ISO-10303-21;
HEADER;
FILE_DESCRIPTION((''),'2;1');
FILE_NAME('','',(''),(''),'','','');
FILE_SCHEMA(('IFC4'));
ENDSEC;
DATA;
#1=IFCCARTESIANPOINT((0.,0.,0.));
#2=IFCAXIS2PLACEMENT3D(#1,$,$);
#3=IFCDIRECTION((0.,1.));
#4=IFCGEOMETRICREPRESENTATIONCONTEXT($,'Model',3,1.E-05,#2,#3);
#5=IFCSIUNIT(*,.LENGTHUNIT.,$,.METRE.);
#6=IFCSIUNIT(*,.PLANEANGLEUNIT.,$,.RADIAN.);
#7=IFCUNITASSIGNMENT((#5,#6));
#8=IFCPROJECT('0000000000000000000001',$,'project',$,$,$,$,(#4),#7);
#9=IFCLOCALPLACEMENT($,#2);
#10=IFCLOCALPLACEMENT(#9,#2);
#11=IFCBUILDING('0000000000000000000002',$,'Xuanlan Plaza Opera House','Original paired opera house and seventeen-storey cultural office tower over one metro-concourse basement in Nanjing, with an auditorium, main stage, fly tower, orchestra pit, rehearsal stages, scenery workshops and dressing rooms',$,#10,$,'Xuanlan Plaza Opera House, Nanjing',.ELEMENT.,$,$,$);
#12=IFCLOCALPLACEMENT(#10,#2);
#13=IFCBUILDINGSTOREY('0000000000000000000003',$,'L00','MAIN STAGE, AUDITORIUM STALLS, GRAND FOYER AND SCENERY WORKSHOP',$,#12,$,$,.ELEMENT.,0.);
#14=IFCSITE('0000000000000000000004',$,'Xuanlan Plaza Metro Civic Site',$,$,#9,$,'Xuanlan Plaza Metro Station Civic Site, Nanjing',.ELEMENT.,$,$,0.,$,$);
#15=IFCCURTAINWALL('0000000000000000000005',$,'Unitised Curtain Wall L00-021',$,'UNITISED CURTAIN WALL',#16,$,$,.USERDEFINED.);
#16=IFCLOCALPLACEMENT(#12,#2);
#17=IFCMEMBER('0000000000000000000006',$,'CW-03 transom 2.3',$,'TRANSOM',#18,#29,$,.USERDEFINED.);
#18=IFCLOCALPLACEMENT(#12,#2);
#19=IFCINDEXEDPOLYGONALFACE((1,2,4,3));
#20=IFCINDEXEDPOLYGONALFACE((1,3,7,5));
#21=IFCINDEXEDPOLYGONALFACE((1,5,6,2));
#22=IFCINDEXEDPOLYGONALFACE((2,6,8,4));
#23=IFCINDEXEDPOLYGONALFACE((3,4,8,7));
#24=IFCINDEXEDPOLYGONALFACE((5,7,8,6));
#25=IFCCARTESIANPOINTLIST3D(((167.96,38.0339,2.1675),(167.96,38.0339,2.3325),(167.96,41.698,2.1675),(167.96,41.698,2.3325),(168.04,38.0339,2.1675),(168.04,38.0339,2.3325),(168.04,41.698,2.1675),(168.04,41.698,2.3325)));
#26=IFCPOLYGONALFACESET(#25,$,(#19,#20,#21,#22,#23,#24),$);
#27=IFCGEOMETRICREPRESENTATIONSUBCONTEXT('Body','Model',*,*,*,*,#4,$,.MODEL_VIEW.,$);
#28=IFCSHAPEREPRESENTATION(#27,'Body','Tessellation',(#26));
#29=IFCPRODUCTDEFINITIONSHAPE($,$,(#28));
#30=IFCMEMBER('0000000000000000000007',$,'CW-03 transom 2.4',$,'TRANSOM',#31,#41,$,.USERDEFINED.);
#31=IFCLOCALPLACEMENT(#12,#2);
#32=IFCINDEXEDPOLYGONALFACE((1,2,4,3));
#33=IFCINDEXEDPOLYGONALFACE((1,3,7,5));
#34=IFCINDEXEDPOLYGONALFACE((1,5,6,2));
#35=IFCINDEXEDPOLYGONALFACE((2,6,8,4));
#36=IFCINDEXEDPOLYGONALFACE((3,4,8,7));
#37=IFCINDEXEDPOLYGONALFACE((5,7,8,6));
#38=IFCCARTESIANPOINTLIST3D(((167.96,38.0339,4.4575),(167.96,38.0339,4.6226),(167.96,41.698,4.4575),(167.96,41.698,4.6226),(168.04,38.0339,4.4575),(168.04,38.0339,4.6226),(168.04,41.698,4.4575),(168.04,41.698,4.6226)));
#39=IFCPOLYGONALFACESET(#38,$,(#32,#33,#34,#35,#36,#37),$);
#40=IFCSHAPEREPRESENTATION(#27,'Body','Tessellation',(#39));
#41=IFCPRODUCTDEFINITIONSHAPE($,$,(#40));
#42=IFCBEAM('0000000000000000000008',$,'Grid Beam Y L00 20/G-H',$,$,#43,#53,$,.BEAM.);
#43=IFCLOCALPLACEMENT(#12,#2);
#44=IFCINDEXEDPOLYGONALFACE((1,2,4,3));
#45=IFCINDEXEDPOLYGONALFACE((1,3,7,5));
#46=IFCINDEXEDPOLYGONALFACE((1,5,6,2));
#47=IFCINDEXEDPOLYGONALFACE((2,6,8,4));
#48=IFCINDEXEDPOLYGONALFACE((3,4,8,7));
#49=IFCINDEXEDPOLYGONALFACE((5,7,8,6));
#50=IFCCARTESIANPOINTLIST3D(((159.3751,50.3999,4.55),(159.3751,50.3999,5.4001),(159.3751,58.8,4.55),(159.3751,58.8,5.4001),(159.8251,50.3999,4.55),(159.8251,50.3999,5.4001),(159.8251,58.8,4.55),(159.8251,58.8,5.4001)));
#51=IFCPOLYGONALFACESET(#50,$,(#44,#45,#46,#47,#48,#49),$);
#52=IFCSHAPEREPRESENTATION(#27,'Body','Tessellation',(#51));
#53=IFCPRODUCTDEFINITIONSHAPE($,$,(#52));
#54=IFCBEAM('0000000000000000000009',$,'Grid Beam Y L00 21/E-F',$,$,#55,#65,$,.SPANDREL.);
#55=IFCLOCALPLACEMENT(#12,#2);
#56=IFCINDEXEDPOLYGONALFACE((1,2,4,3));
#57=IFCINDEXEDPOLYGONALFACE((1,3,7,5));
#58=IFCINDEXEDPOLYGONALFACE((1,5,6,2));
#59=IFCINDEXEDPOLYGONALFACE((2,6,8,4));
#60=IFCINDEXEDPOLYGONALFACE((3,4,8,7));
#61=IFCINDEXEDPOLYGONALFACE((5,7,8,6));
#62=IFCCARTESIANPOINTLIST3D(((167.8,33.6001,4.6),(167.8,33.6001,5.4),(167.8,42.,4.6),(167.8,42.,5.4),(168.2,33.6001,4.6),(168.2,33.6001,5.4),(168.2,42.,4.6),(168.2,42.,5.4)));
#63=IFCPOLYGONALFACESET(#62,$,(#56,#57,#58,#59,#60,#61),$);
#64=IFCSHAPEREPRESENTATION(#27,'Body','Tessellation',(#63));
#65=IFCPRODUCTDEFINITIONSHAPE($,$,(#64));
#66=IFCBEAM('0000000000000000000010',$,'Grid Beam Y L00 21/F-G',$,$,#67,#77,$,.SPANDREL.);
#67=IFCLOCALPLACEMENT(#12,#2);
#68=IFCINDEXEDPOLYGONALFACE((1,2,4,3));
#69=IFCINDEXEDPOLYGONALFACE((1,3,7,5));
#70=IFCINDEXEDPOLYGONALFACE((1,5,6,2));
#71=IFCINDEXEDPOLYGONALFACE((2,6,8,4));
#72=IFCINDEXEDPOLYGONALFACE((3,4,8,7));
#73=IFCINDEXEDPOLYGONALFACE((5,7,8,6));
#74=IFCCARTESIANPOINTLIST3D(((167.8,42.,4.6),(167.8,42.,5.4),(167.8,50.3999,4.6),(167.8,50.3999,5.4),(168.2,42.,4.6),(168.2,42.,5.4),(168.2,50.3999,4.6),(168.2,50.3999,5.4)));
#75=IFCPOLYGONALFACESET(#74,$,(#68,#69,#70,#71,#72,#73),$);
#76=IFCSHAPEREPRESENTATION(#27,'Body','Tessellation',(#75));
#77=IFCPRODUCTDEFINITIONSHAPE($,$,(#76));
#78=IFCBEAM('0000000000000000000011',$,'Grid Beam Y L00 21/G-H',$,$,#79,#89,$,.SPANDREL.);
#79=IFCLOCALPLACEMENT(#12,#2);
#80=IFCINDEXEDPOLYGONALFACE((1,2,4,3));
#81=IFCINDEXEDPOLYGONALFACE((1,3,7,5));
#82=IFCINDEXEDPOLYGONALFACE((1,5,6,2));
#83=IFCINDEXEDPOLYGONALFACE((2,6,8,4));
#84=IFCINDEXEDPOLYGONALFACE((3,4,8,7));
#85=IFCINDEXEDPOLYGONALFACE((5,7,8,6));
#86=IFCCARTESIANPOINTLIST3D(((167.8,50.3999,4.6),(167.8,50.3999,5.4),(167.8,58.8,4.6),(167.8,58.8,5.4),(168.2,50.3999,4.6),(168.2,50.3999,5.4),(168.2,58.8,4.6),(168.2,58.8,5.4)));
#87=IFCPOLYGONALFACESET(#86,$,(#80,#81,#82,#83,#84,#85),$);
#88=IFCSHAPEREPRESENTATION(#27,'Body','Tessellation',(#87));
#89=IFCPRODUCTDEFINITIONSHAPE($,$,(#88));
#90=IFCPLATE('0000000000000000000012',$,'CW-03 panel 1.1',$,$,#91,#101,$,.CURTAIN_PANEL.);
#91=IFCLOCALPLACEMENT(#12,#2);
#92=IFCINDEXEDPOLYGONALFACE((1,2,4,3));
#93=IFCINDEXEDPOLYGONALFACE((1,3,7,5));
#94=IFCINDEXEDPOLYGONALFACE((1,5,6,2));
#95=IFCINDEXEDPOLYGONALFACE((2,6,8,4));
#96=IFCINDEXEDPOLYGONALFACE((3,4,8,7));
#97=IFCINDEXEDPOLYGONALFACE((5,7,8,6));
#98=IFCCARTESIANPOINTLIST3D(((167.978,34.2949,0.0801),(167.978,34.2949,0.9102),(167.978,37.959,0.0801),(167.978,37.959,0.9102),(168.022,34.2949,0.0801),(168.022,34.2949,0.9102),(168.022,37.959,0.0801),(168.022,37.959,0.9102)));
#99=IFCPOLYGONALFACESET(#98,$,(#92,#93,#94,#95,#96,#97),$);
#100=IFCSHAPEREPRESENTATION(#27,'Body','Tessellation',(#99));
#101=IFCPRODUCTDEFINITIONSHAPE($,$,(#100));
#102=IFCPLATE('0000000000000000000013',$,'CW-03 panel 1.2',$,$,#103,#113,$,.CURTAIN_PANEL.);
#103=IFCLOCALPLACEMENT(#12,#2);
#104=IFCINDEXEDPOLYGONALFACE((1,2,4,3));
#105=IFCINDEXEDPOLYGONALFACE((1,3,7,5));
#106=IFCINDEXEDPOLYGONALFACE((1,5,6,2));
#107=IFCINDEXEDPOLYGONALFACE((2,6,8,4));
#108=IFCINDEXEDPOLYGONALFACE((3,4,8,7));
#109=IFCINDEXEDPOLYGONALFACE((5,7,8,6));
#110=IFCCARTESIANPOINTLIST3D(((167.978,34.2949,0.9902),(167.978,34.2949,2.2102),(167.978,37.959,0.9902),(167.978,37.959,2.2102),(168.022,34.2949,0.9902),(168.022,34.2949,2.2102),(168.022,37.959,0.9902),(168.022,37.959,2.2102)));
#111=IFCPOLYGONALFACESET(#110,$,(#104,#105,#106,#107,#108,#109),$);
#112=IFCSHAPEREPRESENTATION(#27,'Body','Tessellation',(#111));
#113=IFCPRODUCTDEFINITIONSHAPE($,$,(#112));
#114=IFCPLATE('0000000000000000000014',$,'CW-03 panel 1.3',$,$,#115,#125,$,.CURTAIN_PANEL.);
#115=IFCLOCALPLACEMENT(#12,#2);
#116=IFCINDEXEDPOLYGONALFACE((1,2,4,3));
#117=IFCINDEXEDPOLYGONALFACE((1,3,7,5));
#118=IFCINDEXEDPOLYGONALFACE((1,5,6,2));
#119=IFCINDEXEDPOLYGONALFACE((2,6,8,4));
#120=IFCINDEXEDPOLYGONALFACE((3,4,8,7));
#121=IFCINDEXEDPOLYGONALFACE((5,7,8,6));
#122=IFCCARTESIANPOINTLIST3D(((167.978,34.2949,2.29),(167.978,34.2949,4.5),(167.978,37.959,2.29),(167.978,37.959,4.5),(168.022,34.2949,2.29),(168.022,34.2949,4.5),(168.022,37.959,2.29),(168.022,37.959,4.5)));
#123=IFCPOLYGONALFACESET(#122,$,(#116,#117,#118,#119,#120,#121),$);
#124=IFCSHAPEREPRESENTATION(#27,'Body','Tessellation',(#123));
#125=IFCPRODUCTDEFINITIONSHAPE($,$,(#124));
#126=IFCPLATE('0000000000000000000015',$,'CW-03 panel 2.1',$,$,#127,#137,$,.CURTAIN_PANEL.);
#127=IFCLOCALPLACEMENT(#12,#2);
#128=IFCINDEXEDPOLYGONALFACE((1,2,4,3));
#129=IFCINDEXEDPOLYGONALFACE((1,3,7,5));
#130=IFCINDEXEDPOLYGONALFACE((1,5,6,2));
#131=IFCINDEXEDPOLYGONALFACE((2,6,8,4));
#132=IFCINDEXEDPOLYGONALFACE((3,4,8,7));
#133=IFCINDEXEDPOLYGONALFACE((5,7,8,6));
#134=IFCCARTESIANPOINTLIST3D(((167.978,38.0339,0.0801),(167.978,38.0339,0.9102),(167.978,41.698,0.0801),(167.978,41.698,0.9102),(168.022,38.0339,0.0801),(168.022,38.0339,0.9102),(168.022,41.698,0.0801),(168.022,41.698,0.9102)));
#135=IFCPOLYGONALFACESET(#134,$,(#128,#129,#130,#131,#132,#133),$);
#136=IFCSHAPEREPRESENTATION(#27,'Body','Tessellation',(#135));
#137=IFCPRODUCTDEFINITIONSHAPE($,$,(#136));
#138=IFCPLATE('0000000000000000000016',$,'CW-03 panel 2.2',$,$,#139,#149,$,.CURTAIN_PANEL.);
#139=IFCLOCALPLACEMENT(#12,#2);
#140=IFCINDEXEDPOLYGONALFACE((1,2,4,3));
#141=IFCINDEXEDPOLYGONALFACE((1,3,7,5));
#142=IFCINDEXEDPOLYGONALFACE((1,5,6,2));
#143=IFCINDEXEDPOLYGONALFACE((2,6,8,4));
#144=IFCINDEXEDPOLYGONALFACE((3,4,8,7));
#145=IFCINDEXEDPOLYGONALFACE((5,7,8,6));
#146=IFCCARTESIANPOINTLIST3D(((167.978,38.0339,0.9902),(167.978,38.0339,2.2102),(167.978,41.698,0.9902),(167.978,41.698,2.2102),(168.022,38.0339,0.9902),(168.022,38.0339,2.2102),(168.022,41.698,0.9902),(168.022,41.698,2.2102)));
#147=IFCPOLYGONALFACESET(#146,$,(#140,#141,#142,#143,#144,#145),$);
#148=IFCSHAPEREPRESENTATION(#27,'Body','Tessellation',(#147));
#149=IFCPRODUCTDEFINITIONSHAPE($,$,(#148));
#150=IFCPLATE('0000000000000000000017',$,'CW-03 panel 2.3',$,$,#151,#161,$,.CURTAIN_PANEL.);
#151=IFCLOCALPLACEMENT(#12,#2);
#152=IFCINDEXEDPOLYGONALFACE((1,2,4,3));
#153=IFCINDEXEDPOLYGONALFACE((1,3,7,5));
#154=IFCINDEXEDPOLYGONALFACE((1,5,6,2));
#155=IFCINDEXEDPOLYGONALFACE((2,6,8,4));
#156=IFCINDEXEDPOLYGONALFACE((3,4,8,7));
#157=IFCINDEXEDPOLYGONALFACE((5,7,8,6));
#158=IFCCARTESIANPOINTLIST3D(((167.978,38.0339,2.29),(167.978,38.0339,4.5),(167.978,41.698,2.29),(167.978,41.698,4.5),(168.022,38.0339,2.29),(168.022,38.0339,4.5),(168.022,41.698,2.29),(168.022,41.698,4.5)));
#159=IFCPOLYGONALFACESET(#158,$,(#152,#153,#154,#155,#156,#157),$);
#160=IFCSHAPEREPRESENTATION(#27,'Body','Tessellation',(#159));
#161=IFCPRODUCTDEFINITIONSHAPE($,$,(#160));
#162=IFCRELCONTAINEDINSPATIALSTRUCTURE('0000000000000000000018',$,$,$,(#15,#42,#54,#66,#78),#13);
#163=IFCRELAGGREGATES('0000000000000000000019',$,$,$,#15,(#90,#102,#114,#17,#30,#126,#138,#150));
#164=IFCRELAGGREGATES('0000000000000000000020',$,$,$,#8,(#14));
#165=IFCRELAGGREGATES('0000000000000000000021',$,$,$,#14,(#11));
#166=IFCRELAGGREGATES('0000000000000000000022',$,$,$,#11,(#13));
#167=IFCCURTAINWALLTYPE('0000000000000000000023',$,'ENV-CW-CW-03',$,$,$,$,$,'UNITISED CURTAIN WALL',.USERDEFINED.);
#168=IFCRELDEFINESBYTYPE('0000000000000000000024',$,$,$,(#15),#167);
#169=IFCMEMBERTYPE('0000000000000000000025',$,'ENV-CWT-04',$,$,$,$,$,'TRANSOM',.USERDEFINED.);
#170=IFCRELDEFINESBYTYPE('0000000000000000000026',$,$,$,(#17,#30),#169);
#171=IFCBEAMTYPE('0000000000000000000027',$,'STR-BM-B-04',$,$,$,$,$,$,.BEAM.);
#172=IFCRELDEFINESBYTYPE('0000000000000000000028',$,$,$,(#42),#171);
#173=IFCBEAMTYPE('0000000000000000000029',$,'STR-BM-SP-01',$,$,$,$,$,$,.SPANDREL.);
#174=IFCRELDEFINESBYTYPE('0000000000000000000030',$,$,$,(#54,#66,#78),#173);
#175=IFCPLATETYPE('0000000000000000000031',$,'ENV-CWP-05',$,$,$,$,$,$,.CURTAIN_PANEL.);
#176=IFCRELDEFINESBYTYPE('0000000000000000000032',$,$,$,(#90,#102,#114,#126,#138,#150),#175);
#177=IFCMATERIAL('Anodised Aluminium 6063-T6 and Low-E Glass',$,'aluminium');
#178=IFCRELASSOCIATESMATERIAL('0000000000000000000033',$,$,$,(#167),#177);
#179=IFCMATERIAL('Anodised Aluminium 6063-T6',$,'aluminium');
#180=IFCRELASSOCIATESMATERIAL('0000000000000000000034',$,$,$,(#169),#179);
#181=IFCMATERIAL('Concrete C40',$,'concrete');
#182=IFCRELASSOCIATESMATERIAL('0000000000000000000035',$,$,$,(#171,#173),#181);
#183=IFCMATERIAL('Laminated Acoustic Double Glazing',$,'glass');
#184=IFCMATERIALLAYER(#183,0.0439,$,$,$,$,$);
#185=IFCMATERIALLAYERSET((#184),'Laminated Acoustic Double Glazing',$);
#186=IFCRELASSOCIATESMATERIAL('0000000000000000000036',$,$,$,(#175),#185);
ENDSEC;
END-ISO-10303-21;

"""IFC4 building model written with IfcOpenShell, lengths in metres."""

from ifc_helpers import new_model, si_unit, direction, frame, origin, origin_2d, place, context, subcontext, project, spatial, rectangle, extrude, material, layer, layer_set, material_profile, profile_set, type_object, element, aggregate, save


model = new_model("IFC4")

# Units and contexts
model_context = context("Model", 3, precision=1e-05, world=origin(), true_north=direction((0.0, 1.0)))
body_context = subcontext(model_context, "Body", "Model", "MODEL_VIEW")
ifc_project = project(units=[si_unit("LENGTHUNIT", "METRE"), si_unit("PLANEANGLEUNIT", "RADIAN")], contexts=[model_context])

# Site, building, storey
site_placement = place(None, origin())
site = spatial("IfcSite", under=ifc_project, at=site_placement, Name="Xuanlan Plaza Metro Civic Site", LongName="Xuanlan Plaza Metro Station Civic Site, Nanjing", CompositionType="ELEMENT", RefElevation=0.0)
building_placement = place(site_placement, origin())
building = spatial("IfcBuilding", under=site, at=building_placement, Name="Xuanlan Plaza Opera House", Description="Original paired opera house and seventeen-storey cultural office tower over one metro-concourse basement in Nanjing, with an auditorium, main stage, fly tower, orchestra pit, rehearsal stages, scenery workshops and dressing rooms", LongName="Xuanlan Plaza Opera House, Nanjing", CompositionType="ELEMENT")
storey_placement = place(building_placement, origin())
storey = spatial("IfcBuildingStorey", under=building, at=storey_placement, Name="L00", Description="MAIN STAGE, AUDITORIUM STALLS, GRAND FOYER AND SCENERY WORKSHOP", CompositionType="ELEMENT", Elevation=0.0)

# Curtain wall, members
ifc_material_1 = material(Name="Anodised Aluminium 6063-T6 and Low-E Glass", Category="aluminium")
curtain_wall_type = type_object("IfcCurtainWallType", Name="ENV-CW-CW-03", ElementType="UNITISED CURTAIN WALL", PredefinedType="USERDEFINED", material=ifc_material_1)
curtain_wall_placement = place(storey_placement, origin())
curtain_wall = element("IfcCurtainWall", 1, at=curtain_wall_placement, inside=storey, type_object=curtain_wall_type, Name="Unitised Curtain Wall L00-021", ObjectType="UNITISED CURTAIN WALL", PredefinedType="USERDEFINED")
ifc_material_2 = material(Name="Anodised Aluminium 6063-T6", Category="aluminium")
ifc_material_profile_1 = material_profile(ifc_material_2, rectangle(XDim=0.0801, YDim=0.165, at=origin_2d()), Name="ALU-T 80x165")
ifc_profile_set_1 = profile_set([ifc_material_profile_1], Name="Anodised Aluminium 6063-T6")
member_type_1 = type_object("IfcMemberType", Name="ENV-CWT-04", ElementType="TRANSOM", PredefinedType="USERDEFINED", material=ifc_profile_set_1)
member_1_placement = place(storey_placement, frame((168.0, 38.0339, 2.25), z_axis=(0.0, 1.0, 0.0), x_axis=(-1.0, 0.0, 0.0)))
member_1 = element("IfcMember", 2, at=member_1_placement, type_object=member_type_1, Name="CW-03 transom 2.3", ObjectType="TRANSOM", PredefinedType="USERDEFINED", context=body_context, shape_type="SweptSolid", body=[
    extrude(rectangle(XDim=0.0801, YDim=0.165, at=origin_2d()), origin(), (0.0, 0.0, 1.0), 3.6641),
])
member_2_placement = place(storey_placement, frame((168.0, 38.0339, 4.54), z_axis=(0.0, 1.0, 0.0), x_axis=(-1.0, 0.0, 0.0)))
member_2 = element("IfcMember", 3, at=member_2_placement, type_object=member_type_1, Name="CW-03 transom 2.4", ObjectType="TRANSOM", PredefinedType="USERDEFINED", context=body_context, shape_type="SweptSolid", body=[
    extrude(rectangle(XDim=0.0801, YDim=0.165, at=origin_2d()), origin(), (0.0, 0.0, 1.0), 3.6641),
])

# Beams
ifc_material_3 = material(Name="Concrete C40", Category="concrete")
ifc_material_profile_2 = material_profile(ifc_material_3, rectangle(XDim=0.45, YDim=0.8501, at=origin_2d()), Name="RC-BM 450x850")
ifc_profile_set_2 = profile_set([ifc_material_profile_2], Name="Concrete C40")
beam_type_1 = type_object("IfcBeamType", Name="STR-BM-B-04", PredefinedType="BEAM", material=ifc_profile_set_2)
beam_1_placement = place(storey_placement, frame((159.6001, 50.3999, 4.9751), z_axis=(0.0, 1.0, 0.0), x_axis=(-1.0, 0.0, 0.0)))
element("IfcBeam", 4, at=beam_1_placement, inside=storey, type_object=beam_type_1, Name="Grid Beam Y L00 20/G-H", PredefinedType="BEAM", context=body_context, shape_type="SweptSolid", body=[
    extrude(rectangle(XDim=0.45, YDim=0.8501, at=origin_2d()), origin(), (0.0, 0.0, 1.0), 8.4001),
])
ifc_material_profile_3 = material_profile(ifc_material_3, rectangle(XDim=0.3999, YDim=0.8, at=origin_2d()), Name="RC-SPD 400x800")
ifc_profile_set_3 = profile_set([ifc_material_profile_3], Name="Concrete C40")
beam_type_2 = type_object("IfcBeamType", Name="STR-BM-SP-01", PredefinedType="SPANDREL", material=ifc_profile_set_3)
for number, where, z_axis, x_axis, name in (
    (5, (168.0, 33.6001, 5.0), (0.0, 1.0, 0.0), (-1.0, 0.0, 0.0), "Grid Beam Y L00 21/E-F"),
    (6, (168.0, 42.0, 5.0), (0.0, 1.0, 0.0), (-1.0, 0.0, 0.0), "Grid Beam Y L00 21/F-G"),
):
    element("IfcBeam", number, at=place(storey_placement, frame(where, z_axis=z_axis, x_axis=x_axis)), inside=storey, type_object=beam_type_2, Name=name, PredefinedType="SPANDREL", context=body_context, shape_type="SweptSolid", body=[
        extrude(rectangle(XDim=0.3999, YDim=0.8, at=origin_2d()), origin(), (0.0, 0.0, 1.0), 8.3999),
    ])
beam_2_placement = place(storey_placement, frame((168.0, 50.3999, 5.0), z_axis=(0.0, 1.0, 0.0), x_axis=(-1.0, 0.0, 0.0)))
element("IfcBeam", 7, at=beam_2_placement, inside=storey, type_object=beam_type_2, Name="Grid Beam Y L00 21/G-H", PredefinedType="SPANDREL", context=body_context, shape_type="SweptSolid", body=[
    extrude(rectangle(XDim=0.3999, YDim=0.8, at=origin_2d()), origin(), (0.0, 0.0, 1.0), 8.4001),
])

# Plates
ifc_material_4 = material(Name="Laminated Acoustic Double Glazing", Category="glass")
ifc_layer_1 = layer(ifc_material_4, 0.0439)
ifc_layer_set_1 = layer_set([ifc_layer_1], Name="Laminated Acoustic Double Glazing")
plate_type = type_object("IfcPlateType", Name="ENV-CWP-05", PredefinedType="CURTAIN_PANEL", material=ifc_layer_set_1)
plate_1_placement = place(storey_placement, frame((168.0, 36.127, 0.0801), z_axis=(0.0, 0.0, 1.0), x_axis=(0.0, 1.0, 0.0)))
plate_1 = element("IfcPlate", 8, at=plate_1_placement, type_object=plate_type, Name="CW-03 panel 1.1", PredefinedType="CURTAIN_PANEL", context=body_context, shape_type="SweptSolid", body=[
    extrude(rectangle(XDim=3.6641, YDim=0.0439, at=origin_2d()), origin(), (0.0, 0.0, 1.0), 0.8301),
])
plate_2_placement = place(storey_placement, frame((168.0, 36.127, 0.9902), z_axis=(0.0, 0.0, 1.0), x_axis=(0.0, 1.0, 0.0)))
plate_2 = element("IfcPlate", 9, at=plate_2_placement, type_object=plate_type, Name="CW-03 panel 1.2", PredefinedType="CURTAIN_PANEL", context=body_context, shape_type="SweptSolid", body=[
    extrude(rectangle(XDim=3.6641, YDim=0.0439, at=origin_2d()), origin(), (0.0, 0.0, 1.0), 1.22),
])
plate_3_placement = place(storey_placement, frame((168.0, 36.127, 2.29), z_axis=(0.0, 0.0, 1.0), x_axis=(0.0, 1.0, 0.0)))
plate_3 = element("IfcPlate", 10, at=plate_3_placement, type_object=plate_type, Name="CW-03 panel 1.3", PredefinedType="CURTAIN_PANEL", context=body_context, shape_type="SweptSolid", body=[
    extrude(rectangle(XDim=3.6641, YDim=0.0439, at=origin_2d()), origin(), (0.0, 0.0, 1.0), 2.21),
])
plate_4_placement = place(storey_placement, frame((168.0, 39.866, 0.0801), z_axis=(0.0, 0.0, 1.0), x_axis=(0.0, 1.0, 0.0)))
plate_4 = element("IfcPlate", 11, at=plate_4_placement, type_object=plate_type, Name="CW-03 panel 2.1", PredefinedType="CURTAIN_PANEL", context=body_context, shape_type="SweptSolid", body=[
    extrude(rectangle(XDim=3.6641, YDim=0.0439, at=origin_2d()), origin(), (0.0, 0.0, 1.0), 0.8301),
])
plate_5_placement = place(storey_placement, frame((168.0, 39.866, 0.9902), z_axis=(0.0, 0.0, 1.0), x_axis=(0.0, 1.0, 0.0)))
plate_5 = element("IfcPlate", 12, at=plate_5_placement, type_object=plate_type, Name="CW-03 panel 2.2", PredefinedType="CURTAIN_PANEL", context=body_context, shape_type="SweptSolid", body=[
    extrude(rectangle(XDim=3.6641, YDim=0.0439, at=origin_2d()), origin(), (0.0, 0.0, 1.0), 1.22),
])
plate_6_placement = place(storey_placement, frame((168.0, 39.866, 2.29), z_axis=(0.0, 0.0, 1.0), x_axis=(0.0, 1.0, 0.0)))
plate_6 = element("IfcPlate", 13, at=plate_6_placement, type_object=plate_type, Name="CW-03 panel 2.3", PredefinedType="CURTAIN_PANEL", context=body_context, shape_type="SweptSolid", body=[
    extrude(rectangle(XDim=3.6641, YDim=0.0439, at=origin_2d()), origin(), (0.0, 0.0, 1.0), 2.21),
])
aggregate(curtain_wall, [plate_1, plate_2, plate_3, member_1, member_2, plate_4, plate_5, plate_6])

save(model, "model.ifc")
